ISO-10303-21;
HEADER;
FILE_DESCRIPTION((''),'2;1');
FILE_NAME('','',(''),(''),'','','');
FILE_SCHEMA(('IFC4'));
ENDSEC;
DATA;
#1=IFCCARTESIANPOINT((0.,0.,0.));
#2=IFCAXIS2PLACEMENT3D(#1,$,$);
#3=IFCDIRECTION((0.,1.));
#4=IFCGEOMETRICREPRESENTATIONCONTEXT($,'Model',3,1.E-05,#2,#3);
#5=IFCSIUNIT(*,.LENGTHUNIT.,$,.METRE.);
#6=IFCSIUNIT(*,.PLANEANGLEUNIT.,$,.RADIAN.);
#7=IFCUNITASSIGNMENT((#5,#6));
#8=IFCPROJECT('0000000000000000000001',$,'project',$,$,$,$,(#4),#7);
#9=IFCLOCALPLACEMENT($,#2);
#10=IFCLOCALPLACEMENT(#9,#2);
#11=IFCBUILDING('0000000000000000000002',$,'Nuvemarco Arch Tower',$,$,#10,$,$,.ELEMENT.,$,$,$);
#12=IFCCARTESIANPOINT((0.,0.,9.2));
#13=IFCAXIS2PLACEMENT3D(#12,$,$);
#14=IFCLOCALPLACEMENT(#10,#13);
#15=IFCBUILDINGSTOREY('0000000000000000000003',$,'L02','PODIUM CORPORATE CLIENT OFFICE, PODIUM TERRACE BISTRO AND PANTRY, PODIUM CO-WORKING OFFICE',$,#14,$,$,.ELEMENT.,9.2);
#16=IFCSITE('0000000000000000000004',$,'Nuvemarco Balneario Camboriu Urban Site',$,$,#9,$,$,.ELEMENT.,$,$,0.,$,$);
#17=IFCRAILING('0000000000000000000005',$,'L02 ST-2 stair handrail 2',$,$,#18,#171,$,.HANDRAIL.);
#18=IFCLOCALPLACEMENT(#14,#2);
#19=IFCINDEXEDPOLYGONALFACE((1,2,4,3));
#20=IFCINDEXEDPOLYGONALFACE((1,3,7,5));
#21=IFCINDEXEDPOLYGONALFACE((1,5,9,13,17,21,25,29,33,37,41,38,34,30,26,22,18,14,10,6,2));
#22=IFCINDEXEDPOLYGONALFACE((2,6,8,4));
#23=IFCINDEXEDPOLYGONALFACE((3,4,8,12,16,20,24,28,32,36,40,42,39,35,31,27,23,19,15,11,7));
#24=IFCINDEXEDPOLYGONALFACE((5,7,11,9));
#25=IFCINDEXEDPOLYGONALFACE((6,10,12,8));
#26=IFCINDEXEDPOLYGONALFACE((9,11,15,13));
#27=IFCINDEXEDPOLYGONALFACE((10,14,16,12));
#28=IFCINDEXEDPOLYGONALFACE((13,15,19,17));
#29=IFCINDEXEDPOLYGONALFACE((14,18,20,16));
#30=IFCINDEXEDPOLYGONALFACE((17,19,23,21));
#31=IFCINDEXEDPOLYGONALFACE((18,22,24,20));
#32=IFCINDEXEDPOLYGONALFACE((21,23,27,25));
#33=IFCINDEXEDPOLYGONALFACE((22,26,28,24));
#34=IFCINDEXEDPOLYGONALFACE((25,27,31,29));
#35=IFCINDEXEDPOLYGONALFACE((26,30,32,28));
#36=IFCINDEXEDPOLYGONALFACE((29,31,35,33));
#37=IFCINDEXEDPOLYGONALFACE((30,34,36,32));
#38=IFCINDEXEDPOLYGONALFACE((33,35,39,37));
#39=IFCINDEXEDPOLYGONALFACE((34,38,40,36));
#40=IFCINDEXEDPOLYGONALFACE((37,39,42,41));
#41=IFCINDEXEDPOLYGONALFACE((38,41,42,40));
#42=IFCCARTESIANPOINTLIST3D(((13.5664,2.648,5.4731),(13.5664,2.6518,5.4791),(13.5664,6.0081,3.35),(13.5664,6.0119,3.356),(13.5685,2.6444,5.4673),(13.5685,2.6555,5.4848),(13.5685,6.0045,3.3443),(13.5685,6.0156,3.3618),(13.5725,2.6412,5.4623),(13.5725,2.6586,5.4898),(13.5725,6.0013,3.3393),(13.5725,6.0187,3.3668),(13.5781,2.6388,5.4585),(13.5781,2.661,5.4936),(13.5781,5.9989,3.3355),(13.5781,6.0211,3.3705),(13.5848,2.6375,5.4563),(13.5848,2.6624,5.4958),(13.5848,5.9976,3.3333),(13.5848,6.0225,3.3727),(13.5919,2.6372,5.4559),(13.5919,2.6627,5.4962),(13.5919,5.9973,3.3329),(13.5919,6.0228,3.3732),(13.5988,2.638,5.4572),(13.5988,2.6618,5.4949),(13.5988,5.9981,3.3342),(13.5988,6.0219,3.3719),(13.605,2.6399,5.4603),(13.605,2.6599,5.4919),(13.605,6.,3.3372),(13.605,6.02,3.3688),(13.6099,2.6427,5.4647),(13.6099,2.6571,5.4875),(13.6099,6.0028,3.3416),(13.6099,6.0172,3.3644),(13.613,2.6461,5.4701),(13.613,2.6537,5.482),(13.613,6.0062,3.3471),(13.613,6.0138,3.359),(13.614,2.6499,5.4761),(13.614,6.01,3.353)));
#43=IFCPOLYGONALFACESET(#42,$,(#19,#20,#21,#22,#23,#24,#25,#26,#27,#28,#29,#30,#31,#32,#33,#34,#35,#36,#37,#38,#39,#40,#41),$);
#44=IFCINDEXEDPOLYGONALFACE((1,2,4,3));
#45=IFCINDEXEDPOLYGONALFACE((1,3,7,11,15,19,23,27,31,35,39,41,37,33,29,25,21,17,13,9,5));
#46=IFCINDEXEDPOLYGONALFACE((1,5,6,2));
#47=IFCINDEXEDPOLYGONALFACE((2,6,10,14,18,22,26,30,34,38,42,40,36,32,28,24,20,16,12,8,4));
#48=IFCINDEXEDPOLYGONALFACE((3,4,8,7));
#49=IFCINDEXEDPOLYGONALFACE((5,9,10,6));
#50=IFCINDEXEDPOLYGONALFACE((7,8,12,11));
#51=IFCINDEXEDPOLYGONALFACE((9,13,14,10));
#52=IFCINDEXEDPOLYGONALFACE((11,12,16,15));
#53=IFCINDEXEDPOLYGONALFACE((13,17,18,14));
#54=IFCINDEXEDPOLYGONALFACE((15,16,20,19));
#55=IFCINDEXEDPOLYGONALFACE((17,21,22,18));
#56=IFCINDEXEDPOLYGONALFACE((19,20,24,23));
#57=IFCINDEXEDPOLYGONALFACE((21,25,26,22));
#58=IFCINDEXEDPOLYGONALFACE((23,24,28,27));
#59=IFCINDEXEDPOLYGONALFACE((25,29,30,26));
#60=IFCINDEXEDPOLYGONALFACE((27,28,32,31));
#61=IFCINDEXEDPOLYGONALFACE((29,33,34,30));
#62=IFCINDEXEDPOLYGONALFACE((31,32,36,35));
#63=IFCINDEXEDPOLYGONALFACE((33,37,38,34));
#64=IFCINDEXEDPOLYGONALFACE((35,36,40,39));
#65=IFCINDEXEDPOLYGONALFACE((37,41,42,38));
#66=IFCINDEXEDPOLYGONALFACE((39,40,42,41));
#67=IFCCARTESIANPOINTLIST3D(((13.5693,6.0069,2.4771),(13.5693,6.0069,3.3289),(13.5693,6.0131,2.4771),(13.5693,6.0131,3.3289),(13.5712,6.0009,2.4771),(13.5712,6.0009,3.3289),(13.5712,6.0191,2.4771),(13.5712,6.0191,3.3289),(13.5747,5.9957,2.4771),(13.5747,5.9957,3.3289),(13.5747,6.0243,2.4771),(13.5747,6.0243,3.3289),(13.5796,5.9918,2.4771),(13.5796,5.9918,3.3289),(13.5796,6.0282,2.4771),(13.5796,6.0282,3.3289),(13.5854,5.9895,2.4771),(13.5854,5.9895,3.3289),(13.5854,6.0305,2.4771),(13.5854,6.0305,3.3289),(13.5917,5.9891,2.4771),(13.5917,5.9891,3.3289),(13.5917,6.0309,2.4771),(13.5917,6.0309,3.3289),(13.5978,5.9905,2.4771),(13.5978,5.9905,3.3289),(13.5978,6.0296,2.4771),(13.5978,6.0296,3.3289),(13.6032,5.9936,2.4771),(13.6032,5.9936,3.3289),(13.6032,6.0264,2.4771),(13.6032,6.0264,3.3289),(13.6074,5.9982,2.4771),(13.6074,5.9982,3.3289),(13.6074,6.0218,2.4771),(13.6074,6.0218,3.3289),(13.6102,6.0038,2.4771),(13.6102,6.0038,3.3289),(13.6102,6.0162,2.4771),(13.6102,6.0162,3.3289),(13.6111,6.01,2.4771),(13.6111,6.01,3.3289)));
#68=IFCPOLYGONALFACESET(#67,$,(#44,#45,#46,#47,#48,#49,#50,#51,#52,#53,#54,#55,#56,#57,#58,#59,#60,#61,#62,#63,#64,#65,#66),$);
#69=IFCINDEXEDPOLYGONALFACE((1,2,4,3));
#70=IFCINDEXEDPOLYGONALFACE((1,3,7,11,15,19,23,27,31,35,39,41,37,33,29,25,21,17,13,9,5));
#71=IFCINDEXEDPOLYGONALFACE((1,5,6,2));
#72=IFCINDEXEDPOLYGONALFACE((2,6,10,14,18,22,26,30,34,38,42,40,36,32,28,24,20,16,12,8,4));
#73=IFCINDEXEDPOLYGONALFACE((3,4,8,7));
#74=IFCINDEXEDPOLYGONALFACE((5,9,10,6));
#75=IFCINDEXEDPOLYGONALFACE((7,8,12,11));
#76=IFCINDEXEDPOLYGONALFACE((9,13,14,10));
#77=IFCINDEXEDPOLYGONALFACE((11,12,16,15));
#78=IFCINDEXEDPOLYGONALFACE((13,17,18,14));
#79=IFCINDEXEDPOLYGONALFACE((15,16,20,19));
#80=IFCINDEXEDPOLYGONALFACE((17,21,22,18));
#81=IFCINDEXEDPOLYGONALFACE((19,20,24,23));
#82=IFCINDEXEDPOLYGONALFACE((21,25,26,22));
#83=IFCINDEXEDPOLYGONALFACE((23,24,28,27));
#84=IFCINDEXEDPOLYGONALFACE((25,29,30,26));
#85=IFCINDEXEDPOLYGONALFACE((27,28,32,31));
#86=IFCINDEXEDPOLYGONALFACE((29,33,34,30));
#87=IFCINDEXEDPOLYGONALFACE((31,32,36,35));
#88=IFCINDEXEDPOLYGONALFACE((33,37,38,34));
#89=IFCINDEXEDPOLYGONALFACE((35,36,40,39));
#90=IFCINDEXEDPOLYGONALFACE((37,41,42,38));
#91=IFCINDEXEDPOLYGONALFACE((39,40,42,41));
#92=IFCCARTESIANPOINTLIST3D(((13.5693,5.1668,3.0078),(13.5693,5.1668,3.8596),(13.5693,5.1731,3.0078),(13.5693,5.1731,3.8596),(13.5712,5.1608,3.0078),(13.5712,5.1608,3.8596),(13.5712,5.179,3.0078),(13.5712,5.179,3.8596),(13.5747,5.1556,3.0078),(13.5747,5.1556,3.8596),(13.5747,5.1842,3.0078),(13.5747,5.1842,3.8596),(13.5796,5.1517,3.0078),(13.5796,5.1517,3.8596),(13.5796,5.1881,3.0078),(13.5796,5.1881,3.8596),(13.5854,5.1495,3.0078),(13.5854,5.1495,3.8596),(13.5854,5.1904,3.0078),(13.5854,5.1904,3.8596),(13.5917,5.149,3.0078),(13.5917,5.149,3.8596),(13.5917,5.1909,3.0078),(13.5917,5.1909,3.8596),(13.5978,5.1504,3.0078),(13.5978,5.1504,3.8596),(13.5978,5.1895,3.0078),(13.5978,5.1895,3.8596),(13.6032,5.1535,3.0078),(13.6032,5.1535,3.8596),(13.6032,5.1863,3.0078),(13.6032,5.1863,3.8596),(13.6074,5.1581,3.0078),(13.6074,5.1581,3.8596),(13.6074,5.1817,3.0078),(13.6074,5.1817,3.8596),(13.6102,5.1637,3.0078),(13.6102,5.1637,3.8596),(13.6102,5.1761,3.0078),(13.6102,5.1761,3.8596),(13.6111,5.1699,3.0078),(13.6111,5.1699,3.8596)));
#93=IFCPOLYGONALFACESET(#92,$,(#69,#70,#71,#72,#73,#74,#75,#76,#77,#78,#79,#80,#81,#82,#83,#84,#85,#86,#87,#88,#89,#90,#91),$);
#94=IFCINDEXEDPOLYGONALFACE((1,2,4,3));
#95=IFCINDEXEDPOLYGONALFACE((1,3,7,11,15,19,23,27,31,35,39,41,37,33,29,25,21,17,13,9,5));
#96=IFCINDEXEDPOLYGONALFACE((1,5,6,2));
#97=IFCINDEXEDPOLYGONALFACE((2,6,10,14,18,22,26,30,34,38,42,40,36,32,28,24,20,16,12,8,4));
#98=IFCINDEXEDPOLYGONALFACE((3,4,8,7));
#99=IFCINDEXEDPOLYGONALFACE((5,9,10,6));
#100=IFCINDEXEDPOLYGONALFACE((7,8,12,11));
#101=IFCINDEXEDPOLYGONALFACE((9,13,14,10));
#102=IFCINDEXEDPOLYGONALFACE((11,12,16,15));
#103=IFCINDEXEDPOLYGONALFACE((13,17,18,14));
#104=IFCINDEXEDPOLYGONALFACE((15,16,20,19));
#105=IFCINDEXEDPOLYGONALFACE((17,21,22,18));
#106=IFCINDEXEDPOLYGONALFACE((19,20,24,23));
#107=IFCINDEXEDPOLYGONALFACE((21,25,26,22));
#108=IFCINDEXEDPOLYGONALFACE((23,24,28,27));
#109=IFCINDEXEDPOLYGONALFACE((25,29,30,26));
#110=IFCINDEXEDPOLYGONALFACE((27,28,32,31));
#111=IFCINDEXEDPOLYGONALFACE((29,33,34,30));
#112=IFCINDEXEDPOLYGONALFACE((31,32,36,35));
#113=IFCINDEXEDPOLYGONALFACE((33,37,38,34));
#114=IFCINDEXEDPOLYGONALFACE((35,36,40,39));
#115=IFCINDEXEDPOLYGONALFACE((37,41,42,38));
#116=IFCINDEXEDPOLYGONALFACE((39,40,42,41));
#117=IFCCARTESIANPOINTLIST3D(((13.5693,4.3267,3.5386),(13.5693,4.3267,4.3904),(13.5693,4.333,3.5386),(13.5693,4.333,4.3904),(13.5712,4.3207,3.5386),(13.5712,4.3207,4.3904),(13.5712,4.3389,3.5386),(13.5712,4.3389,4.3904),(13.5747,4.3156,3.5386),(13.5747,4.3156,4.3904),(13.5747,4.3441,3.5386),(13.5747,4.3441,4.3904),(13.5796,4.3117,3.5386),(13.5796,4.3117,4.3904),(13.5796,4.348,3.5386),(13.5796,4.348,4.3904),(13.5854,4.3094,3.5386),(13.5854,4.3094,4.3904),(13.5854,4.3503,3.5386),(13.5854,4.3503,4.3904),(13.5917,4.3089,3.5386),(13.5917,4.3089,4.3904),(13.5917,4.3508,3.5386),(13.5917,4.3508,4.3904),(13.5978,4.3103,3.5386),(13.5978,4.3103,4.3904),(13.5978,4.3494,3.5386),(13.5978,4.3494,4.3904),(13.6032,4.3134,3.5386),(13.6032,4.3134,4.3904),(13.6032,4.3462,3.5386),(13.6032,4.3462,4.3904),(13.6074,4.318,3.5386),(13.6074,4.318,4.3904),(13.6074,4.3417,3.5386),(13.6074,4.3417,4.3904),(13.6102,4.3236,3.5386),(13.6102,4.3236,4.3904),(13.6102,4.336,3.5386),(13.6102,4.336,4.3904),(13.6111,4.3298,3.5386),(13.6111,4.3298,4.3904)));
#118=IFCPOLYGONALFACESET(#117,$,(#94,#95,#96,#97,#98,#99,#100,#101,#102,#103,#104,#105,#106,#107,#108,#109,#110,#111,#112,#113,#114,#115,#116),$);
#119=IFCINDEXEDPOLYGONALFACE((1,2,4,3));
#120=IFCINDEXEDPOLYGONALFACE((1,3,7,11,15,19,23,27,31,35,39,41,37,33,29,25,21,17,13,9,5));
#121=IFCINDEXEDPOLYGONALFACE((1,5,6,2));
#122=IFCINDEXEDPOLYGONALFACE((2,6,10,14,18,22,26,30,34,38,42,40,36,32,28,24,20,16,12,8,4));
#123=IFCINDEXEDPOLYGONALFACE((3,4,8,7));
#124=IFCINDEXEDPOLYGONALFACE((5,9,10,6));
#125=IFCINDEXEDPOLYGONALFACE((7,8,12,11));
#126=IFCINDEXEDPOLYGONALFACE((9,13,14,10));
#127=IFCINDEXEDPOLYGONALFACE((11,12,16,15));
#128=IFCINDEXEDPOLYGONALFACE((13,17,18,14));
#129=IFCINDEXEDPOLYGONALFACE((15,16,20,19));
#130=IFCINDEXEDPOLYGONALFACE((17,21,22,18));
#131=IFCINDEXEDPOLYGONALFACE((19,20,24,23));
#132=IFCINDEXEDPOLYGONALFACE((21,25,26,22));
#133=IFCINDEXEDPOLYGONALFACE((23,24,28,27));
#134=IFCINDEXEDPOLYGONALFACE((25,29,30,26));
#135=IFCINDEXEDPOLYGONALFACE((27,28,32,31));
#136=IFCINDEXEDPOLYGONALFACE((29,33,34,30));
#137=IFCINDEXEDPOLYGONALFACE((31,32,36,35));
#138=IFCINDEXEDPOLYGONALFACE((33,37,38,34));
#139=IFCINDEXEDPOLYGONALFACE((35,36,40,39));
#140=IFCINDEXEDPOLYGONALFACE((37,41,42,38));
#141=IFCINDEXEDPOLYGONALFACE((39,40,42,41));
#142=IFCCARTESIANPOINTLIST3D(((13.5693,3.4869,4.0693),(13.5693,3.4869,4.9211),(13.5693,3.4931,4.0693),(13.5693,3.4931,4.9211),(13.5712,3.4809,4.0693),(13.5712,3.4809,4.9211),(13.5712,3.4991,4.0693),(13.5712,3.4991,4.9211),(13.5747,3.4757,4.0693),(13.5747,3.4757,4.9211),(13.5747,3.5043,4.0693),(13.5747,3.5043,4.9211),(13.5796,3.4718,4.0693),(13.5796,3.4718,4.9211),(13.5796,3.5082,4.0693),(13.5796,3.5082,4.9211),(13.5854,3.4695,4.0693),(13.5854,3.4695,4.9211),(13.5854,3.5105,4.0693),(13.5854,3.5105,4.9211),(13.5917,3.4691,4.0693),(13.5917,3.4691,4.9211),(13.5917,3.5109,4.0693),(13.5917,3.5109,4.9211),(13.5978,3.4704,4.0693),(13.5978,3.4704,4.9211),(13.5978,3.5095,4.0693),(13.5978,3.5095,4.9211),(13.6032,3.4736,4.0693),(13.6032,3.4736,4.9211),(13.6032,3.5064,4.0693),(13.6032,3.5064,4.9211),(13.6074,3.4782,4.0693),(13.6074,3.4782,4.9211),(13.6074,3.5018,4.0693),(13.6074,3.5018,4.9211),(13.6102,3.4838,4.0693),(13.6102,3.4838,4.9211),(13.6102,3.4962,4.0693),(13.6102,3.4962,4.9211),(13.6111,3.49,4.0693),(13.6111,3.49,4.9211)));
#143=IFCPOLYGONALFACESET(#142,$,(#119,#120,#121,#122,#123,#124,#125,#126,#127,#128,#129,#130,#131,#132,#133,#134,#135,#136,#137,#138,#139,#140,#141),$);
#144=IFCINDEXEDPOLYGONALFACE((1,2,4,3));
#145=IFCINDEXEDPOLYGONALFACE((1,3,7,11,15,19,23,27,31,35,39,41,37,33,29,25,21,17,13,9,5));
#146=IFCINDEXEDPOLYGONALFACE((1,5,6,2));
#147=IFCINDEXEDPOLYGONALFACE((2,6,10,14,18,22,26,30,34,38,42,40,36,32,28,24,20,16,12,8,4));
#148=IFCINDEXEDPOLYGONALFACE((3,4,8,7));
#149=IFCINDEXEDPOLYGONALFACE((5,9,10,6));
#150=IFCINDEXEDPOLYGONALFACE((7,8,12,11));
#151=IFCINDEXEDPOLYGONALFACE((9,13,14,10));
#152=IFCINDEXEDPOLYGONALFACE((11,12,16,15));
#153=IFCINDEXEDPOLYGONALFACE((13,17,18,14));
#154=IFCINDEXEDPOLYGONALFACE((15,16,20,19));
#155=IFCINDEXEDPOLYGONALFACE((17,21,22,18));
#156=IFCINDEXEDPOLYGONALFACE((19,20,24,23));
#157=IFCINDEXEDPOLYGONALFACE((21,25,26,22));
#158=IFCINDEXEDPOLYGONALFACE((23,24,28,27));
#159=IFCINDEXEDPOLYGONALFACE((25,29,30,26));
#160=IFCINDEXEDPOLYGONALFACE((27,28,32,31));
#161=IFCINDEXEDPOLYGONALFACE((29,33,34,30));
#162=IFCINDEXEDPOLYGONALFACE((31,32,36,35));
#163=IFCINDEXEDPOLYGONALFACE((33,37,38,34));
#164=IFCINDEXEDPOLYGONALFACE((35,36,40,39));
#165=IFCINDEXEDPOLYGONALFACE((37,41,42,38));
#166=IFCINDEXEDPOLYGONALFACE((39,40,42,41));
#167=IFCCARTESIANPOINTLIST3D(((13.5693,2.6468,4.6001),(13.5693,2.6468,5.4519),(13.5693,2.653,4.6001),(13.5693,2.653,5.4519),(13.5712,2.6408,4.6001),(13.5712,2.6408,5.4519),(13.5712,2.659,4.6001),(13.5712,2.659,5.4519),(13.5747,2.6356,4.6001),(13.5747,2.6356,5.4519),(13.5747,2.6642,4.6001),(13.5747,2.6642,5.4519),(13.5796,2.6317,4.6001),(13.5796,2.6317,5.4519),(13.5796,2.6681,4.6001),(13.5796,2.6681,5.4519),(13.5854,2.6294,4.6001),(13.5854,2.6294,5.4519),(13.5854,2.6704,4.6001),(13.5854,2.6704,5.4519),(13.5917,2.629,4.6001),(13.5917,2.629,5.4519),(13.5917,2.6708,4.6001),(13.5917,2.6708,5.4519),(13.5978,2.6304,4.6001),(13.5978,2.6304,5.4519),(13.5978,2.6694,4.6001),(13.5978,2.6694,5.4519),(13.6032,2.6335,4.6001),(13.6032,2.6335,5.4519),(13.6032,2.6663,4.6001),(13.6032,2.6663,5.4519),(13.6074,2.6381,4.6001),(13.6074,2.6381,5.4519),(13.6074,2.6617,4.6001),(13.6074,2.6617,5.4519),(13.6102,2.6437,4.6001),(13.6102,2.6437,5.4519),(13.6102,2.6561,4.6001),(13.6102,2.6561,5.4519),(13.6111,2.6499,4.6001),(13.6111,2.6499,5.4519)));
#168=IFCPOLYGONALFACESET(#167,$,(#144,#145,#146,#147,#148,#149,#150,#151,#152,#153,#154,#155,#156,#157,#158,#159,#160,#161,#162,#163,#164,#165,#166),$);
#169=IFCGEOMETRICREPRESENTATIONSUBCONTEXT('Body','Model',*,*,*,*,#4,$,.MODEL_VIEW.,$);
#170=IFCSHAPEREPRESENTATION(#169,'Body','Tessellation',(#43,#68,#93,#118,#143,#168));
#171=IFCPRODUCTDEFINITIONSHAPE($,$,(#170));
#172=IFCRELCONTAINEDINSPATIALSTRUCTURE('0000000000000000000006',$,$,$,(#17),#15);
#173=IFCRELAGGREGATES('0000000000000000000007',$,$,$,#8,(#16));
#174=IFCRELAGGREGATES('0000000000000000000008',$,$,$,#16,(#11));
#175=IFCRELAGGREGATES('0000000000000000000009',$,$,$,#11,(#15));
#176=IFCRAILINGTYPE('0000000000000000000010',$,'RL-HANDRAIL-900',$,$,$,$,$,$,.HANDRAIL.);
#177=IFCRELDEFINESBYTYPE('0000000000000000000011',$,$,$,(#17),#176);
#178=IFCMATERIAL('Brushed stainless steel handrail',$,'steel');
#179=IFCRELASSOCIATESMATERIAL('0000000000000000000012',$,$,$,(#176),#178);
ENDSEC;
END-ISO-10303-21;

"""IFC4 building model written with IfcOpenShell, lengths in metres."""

from ifc_helpers import new_model, si_unit, direction, frame, origin, origin_2d, place, context, subcontext, project, spatial, circle, extrude, material, type_object, element, save


model = new_model("IFC4")

# Units and contexts
model_context = context("Model", 3, precision=1e-05, world=origin(), true_north=direction((0.0, 1.0)))
body_context = subcontext(model_context, "Body", "Model", "MODEL_VIEW")
ifc_project = project(units=[si_unit("LENGTHUNIT", "METRE"), si_unit("PLANEANGLEUNIT", "RADIAN")], contexts=[model_context])

# Site, building, storey
site_placement = place(None, origin())
site = spatial("IfcSite", under=ifc_project, at=site_placement, Name="Nuvemarco Balneario Camboriu Urban Site", CompositionType="ELEMENT", RefElevation=0.0)
building_placement = place(site_placement, origin())
building = spatial("IfcBuilding", under=site, at=building_placement, Name="Nuvemarco Arch Tower", CompositionType="ELEMENT")
storey_placement = place(building_placement, frame((0.0, 0.0, 9.2)))
storey = spatial("IfcBuildingStorey", under=building, at=storey_placement, Name="L02", Description="PODIUM CORPORATE CLIENT OFFICE, PODIUM TERRACE BISTRO AND PANTRY, PODIUM CO-WORKING OFFICE", CompositionType="ELEMENT", Elevation=9.2)

# Railing
ifc_material_1 = material(Name="Brushed stainless steel handrail", Category="steel")
railing_type_1 = type_object("IfcRailingType", Name="RL-HANDRAIL-900", PredefinedType="HANDRAIL", material=ifc_material_1)
railing_1_placement = place(storey_placement, frame((13.5901, 6.01, 2.4771)))
element("IfcRailing", 1, at=railing_1_placement, inside=storey, type_object=railing_type_1, Name="L02 ST-2 stair handrail 2", PredefinedType="HANDRAIL", context=body_context, shape_type="SweptSolid", body=[
    extrude(circle(Radius=0.0239, at=origin_2d()), frame((0.0, 0.0, 0.876), z_axis=(0.0, -0.84539, 0.53415), x_axis=(1.0, 0.0, 0.0)), (0.0, 0.0, 1.0), 3.9746),
    extrude(circle(Radius=0.021, at=origin_2d()), origin(), (0.0, 0.0, 1.0), 0.8518),
    extrude(circle(Radius=0.021, at=origin_2d()), frame((0.0, -0.8401, 0.5308)), (0.0, 0.0, 1.0), 0.8518),
    extrude(circle(Radius=0.021, at=origin_2d()), frame((0.0, -1.6802, 1.0615)), (0.0, 0.0, 1.0), 0.8518),
    extrude(circle(Radius=0.021, at=origin_2d()), frame((0.0, -2.52, 1.5923)), (0.0, 0.0, 1.0), 0.8518),
    extrude(circle(Radius=0.021, at=origin_2d()), frame((0.0, -3.3601, 2.123)), (0.0, 0.0, 1.0), 0.8518),
])

save(model, "model.ifc")
